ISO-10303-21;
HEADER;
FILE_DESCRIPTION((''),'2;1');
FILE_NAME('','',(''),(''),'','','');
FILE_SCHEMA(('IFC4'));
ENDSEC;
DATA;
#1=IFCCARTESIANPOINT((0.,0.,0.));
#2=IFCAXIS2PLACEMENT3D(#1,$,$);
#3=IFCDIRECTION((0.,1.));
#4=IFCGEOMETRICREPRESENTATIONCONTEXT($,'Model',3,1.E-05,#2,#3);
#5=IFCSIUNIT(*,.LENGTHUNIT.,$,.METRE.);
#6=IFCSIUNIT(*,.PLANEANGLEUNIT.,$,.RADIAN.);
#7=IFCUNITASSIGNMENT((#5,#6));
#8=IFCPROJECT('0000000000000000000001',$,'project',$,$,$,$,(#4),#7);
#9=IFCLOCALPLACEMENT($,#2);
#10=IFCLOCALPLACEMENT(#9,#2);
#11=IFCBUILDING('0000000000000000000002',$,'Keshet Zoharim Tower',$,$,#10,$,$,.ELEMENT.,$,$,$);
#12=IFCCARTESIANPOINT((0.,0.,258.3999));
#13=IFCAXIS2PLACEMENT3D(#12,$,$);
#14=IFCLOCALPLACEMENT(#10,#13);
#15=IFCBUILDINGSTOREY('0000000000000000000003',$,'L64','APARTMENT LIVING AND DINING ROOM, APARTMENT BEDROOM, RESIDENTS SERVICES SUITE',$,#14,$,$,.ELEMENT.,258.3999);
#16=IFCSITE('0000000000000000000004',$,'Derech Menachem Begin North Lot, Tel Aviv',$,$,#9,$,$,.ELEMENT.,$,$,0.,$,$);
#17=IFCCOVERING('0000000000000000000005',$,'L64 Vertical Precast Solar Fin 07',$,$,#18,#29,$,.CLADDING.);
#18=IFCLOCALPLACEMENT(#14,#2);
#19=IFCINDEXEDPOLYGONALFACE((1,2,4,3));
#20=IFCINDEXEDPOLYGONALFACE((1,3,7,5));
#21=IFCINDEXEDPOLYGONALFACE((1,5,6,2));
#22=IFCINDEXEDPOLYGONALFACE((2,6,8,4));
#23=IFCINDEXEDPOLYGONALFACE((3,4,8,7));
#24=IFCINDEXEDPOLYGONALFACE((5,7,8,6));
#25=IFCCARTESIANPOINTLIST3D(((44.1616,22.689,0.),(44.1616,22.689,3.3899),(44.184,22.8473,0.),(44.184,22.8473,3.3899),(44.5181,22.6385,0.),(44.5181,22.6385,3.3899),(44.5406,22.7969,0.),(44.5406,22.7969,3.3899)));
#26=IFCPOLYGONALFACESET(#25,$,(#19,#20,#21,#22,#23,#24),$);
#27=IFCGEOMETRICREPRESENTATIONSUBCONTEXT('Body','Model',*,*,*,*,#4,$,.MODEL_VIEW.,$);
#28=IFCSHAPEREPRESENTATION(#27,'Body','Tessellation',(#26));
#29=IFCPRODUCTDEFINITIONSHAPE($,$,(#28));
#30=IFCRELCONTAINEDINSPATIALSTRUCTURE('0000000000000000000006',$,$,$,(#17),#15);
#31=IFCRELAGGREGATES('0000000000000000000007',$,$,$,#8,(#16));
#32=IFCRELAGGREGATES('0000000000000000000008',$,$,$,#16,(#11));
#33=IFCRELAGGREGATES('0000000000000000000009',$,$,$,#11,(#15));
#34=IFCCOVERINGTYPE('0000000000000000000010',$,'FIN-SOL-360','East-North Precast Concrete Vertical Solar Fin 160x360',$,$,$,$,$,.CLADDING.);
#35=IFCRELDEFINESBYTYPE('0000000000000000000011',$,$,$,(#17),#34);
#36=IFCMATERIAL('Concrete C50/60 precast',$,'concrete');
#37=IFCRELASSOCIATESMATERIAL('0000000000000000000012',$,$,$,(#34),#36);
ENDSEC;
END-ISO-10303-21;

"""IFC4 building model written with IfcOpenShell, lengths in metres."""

from ifc_helpers import new_model, si_unit, direction, frame, origin, origin_2d, place, context, subcontext, project, spatial, rectangle, extrude, material, type_object, element, save


model = new_model("IFC4")

# Units and contexts
model_context = context("Model", 3, precision=1e-05, world=origin(), true_north=direction((0.0, 1.0)))
body_context = subcontext(model_context, "Body", "Model", "MODEL_VIEW")
ifc_project = project(units=[si_unit("LENGTHUNIT", "METRE"), si_unit("PLANEANGLEUNIT", "RADIAN")], contexts=[model_context])

# Site, building, storey
site_placement = place(None, origin())
site = spatial("IfcSite", under=ifc_project, at=site_placement, Name="Derech Menachem Begin North Lot, Tel Aviv", CompositionType="ELEMENT", RefElevation=0.0)
building_placement = place(site_placement, origin())
building = spatial("IfcBuilding", under=site, at=building_placement, Name="Keshet Zoharim Tower", CompositionType="ELEMENT")
storey_placement = place(building_placement, frame((0.0, 0.0, 258.3999)))
storey = spatial("IfcBuildingStorey", under=building, at=storey_placement, Name="L64", Description="APARTMENT LIVING AND DINING ROOM, APARTMENT BEDROOM, RESIDENTS SERVICES SUITE", CompositionType="ELEMENT", Elevation=258.3999)

# Covering
ifc_material_1 = material(Name="Concrete C50/60 precast", Category="concrete")
covering_type = type_object("IfcCoveringType", Name="FIN-SOL-360", Description="East-North Precast Concrete Vertical Solar Fin 160x360", PredefinedType="CLADDING", material=ifc_material_1)
covering_placement = place(storey_placement, frame((44.3511, 22.7429, 0.0), z_axis=(0.0, 0.0, 1.0), x_axis=(-0.140137, -0.990132, 0.0)))
element("IfcCovering", 1, at=covering_placement, inside=storey, type_object=covering_type, Name="L64 Vertical Precast Solar Fin 07", PredefinedType="CLADDING", context=body_context, shape_type="SweptSolid", body=[
    extrude(rectangle(XDim=0.1599, YDim=0.3601, at=origin_2d()), origin(), (0.0, 0.0, 1.0), 3.3899),
])

save(model, "model.ifc")
